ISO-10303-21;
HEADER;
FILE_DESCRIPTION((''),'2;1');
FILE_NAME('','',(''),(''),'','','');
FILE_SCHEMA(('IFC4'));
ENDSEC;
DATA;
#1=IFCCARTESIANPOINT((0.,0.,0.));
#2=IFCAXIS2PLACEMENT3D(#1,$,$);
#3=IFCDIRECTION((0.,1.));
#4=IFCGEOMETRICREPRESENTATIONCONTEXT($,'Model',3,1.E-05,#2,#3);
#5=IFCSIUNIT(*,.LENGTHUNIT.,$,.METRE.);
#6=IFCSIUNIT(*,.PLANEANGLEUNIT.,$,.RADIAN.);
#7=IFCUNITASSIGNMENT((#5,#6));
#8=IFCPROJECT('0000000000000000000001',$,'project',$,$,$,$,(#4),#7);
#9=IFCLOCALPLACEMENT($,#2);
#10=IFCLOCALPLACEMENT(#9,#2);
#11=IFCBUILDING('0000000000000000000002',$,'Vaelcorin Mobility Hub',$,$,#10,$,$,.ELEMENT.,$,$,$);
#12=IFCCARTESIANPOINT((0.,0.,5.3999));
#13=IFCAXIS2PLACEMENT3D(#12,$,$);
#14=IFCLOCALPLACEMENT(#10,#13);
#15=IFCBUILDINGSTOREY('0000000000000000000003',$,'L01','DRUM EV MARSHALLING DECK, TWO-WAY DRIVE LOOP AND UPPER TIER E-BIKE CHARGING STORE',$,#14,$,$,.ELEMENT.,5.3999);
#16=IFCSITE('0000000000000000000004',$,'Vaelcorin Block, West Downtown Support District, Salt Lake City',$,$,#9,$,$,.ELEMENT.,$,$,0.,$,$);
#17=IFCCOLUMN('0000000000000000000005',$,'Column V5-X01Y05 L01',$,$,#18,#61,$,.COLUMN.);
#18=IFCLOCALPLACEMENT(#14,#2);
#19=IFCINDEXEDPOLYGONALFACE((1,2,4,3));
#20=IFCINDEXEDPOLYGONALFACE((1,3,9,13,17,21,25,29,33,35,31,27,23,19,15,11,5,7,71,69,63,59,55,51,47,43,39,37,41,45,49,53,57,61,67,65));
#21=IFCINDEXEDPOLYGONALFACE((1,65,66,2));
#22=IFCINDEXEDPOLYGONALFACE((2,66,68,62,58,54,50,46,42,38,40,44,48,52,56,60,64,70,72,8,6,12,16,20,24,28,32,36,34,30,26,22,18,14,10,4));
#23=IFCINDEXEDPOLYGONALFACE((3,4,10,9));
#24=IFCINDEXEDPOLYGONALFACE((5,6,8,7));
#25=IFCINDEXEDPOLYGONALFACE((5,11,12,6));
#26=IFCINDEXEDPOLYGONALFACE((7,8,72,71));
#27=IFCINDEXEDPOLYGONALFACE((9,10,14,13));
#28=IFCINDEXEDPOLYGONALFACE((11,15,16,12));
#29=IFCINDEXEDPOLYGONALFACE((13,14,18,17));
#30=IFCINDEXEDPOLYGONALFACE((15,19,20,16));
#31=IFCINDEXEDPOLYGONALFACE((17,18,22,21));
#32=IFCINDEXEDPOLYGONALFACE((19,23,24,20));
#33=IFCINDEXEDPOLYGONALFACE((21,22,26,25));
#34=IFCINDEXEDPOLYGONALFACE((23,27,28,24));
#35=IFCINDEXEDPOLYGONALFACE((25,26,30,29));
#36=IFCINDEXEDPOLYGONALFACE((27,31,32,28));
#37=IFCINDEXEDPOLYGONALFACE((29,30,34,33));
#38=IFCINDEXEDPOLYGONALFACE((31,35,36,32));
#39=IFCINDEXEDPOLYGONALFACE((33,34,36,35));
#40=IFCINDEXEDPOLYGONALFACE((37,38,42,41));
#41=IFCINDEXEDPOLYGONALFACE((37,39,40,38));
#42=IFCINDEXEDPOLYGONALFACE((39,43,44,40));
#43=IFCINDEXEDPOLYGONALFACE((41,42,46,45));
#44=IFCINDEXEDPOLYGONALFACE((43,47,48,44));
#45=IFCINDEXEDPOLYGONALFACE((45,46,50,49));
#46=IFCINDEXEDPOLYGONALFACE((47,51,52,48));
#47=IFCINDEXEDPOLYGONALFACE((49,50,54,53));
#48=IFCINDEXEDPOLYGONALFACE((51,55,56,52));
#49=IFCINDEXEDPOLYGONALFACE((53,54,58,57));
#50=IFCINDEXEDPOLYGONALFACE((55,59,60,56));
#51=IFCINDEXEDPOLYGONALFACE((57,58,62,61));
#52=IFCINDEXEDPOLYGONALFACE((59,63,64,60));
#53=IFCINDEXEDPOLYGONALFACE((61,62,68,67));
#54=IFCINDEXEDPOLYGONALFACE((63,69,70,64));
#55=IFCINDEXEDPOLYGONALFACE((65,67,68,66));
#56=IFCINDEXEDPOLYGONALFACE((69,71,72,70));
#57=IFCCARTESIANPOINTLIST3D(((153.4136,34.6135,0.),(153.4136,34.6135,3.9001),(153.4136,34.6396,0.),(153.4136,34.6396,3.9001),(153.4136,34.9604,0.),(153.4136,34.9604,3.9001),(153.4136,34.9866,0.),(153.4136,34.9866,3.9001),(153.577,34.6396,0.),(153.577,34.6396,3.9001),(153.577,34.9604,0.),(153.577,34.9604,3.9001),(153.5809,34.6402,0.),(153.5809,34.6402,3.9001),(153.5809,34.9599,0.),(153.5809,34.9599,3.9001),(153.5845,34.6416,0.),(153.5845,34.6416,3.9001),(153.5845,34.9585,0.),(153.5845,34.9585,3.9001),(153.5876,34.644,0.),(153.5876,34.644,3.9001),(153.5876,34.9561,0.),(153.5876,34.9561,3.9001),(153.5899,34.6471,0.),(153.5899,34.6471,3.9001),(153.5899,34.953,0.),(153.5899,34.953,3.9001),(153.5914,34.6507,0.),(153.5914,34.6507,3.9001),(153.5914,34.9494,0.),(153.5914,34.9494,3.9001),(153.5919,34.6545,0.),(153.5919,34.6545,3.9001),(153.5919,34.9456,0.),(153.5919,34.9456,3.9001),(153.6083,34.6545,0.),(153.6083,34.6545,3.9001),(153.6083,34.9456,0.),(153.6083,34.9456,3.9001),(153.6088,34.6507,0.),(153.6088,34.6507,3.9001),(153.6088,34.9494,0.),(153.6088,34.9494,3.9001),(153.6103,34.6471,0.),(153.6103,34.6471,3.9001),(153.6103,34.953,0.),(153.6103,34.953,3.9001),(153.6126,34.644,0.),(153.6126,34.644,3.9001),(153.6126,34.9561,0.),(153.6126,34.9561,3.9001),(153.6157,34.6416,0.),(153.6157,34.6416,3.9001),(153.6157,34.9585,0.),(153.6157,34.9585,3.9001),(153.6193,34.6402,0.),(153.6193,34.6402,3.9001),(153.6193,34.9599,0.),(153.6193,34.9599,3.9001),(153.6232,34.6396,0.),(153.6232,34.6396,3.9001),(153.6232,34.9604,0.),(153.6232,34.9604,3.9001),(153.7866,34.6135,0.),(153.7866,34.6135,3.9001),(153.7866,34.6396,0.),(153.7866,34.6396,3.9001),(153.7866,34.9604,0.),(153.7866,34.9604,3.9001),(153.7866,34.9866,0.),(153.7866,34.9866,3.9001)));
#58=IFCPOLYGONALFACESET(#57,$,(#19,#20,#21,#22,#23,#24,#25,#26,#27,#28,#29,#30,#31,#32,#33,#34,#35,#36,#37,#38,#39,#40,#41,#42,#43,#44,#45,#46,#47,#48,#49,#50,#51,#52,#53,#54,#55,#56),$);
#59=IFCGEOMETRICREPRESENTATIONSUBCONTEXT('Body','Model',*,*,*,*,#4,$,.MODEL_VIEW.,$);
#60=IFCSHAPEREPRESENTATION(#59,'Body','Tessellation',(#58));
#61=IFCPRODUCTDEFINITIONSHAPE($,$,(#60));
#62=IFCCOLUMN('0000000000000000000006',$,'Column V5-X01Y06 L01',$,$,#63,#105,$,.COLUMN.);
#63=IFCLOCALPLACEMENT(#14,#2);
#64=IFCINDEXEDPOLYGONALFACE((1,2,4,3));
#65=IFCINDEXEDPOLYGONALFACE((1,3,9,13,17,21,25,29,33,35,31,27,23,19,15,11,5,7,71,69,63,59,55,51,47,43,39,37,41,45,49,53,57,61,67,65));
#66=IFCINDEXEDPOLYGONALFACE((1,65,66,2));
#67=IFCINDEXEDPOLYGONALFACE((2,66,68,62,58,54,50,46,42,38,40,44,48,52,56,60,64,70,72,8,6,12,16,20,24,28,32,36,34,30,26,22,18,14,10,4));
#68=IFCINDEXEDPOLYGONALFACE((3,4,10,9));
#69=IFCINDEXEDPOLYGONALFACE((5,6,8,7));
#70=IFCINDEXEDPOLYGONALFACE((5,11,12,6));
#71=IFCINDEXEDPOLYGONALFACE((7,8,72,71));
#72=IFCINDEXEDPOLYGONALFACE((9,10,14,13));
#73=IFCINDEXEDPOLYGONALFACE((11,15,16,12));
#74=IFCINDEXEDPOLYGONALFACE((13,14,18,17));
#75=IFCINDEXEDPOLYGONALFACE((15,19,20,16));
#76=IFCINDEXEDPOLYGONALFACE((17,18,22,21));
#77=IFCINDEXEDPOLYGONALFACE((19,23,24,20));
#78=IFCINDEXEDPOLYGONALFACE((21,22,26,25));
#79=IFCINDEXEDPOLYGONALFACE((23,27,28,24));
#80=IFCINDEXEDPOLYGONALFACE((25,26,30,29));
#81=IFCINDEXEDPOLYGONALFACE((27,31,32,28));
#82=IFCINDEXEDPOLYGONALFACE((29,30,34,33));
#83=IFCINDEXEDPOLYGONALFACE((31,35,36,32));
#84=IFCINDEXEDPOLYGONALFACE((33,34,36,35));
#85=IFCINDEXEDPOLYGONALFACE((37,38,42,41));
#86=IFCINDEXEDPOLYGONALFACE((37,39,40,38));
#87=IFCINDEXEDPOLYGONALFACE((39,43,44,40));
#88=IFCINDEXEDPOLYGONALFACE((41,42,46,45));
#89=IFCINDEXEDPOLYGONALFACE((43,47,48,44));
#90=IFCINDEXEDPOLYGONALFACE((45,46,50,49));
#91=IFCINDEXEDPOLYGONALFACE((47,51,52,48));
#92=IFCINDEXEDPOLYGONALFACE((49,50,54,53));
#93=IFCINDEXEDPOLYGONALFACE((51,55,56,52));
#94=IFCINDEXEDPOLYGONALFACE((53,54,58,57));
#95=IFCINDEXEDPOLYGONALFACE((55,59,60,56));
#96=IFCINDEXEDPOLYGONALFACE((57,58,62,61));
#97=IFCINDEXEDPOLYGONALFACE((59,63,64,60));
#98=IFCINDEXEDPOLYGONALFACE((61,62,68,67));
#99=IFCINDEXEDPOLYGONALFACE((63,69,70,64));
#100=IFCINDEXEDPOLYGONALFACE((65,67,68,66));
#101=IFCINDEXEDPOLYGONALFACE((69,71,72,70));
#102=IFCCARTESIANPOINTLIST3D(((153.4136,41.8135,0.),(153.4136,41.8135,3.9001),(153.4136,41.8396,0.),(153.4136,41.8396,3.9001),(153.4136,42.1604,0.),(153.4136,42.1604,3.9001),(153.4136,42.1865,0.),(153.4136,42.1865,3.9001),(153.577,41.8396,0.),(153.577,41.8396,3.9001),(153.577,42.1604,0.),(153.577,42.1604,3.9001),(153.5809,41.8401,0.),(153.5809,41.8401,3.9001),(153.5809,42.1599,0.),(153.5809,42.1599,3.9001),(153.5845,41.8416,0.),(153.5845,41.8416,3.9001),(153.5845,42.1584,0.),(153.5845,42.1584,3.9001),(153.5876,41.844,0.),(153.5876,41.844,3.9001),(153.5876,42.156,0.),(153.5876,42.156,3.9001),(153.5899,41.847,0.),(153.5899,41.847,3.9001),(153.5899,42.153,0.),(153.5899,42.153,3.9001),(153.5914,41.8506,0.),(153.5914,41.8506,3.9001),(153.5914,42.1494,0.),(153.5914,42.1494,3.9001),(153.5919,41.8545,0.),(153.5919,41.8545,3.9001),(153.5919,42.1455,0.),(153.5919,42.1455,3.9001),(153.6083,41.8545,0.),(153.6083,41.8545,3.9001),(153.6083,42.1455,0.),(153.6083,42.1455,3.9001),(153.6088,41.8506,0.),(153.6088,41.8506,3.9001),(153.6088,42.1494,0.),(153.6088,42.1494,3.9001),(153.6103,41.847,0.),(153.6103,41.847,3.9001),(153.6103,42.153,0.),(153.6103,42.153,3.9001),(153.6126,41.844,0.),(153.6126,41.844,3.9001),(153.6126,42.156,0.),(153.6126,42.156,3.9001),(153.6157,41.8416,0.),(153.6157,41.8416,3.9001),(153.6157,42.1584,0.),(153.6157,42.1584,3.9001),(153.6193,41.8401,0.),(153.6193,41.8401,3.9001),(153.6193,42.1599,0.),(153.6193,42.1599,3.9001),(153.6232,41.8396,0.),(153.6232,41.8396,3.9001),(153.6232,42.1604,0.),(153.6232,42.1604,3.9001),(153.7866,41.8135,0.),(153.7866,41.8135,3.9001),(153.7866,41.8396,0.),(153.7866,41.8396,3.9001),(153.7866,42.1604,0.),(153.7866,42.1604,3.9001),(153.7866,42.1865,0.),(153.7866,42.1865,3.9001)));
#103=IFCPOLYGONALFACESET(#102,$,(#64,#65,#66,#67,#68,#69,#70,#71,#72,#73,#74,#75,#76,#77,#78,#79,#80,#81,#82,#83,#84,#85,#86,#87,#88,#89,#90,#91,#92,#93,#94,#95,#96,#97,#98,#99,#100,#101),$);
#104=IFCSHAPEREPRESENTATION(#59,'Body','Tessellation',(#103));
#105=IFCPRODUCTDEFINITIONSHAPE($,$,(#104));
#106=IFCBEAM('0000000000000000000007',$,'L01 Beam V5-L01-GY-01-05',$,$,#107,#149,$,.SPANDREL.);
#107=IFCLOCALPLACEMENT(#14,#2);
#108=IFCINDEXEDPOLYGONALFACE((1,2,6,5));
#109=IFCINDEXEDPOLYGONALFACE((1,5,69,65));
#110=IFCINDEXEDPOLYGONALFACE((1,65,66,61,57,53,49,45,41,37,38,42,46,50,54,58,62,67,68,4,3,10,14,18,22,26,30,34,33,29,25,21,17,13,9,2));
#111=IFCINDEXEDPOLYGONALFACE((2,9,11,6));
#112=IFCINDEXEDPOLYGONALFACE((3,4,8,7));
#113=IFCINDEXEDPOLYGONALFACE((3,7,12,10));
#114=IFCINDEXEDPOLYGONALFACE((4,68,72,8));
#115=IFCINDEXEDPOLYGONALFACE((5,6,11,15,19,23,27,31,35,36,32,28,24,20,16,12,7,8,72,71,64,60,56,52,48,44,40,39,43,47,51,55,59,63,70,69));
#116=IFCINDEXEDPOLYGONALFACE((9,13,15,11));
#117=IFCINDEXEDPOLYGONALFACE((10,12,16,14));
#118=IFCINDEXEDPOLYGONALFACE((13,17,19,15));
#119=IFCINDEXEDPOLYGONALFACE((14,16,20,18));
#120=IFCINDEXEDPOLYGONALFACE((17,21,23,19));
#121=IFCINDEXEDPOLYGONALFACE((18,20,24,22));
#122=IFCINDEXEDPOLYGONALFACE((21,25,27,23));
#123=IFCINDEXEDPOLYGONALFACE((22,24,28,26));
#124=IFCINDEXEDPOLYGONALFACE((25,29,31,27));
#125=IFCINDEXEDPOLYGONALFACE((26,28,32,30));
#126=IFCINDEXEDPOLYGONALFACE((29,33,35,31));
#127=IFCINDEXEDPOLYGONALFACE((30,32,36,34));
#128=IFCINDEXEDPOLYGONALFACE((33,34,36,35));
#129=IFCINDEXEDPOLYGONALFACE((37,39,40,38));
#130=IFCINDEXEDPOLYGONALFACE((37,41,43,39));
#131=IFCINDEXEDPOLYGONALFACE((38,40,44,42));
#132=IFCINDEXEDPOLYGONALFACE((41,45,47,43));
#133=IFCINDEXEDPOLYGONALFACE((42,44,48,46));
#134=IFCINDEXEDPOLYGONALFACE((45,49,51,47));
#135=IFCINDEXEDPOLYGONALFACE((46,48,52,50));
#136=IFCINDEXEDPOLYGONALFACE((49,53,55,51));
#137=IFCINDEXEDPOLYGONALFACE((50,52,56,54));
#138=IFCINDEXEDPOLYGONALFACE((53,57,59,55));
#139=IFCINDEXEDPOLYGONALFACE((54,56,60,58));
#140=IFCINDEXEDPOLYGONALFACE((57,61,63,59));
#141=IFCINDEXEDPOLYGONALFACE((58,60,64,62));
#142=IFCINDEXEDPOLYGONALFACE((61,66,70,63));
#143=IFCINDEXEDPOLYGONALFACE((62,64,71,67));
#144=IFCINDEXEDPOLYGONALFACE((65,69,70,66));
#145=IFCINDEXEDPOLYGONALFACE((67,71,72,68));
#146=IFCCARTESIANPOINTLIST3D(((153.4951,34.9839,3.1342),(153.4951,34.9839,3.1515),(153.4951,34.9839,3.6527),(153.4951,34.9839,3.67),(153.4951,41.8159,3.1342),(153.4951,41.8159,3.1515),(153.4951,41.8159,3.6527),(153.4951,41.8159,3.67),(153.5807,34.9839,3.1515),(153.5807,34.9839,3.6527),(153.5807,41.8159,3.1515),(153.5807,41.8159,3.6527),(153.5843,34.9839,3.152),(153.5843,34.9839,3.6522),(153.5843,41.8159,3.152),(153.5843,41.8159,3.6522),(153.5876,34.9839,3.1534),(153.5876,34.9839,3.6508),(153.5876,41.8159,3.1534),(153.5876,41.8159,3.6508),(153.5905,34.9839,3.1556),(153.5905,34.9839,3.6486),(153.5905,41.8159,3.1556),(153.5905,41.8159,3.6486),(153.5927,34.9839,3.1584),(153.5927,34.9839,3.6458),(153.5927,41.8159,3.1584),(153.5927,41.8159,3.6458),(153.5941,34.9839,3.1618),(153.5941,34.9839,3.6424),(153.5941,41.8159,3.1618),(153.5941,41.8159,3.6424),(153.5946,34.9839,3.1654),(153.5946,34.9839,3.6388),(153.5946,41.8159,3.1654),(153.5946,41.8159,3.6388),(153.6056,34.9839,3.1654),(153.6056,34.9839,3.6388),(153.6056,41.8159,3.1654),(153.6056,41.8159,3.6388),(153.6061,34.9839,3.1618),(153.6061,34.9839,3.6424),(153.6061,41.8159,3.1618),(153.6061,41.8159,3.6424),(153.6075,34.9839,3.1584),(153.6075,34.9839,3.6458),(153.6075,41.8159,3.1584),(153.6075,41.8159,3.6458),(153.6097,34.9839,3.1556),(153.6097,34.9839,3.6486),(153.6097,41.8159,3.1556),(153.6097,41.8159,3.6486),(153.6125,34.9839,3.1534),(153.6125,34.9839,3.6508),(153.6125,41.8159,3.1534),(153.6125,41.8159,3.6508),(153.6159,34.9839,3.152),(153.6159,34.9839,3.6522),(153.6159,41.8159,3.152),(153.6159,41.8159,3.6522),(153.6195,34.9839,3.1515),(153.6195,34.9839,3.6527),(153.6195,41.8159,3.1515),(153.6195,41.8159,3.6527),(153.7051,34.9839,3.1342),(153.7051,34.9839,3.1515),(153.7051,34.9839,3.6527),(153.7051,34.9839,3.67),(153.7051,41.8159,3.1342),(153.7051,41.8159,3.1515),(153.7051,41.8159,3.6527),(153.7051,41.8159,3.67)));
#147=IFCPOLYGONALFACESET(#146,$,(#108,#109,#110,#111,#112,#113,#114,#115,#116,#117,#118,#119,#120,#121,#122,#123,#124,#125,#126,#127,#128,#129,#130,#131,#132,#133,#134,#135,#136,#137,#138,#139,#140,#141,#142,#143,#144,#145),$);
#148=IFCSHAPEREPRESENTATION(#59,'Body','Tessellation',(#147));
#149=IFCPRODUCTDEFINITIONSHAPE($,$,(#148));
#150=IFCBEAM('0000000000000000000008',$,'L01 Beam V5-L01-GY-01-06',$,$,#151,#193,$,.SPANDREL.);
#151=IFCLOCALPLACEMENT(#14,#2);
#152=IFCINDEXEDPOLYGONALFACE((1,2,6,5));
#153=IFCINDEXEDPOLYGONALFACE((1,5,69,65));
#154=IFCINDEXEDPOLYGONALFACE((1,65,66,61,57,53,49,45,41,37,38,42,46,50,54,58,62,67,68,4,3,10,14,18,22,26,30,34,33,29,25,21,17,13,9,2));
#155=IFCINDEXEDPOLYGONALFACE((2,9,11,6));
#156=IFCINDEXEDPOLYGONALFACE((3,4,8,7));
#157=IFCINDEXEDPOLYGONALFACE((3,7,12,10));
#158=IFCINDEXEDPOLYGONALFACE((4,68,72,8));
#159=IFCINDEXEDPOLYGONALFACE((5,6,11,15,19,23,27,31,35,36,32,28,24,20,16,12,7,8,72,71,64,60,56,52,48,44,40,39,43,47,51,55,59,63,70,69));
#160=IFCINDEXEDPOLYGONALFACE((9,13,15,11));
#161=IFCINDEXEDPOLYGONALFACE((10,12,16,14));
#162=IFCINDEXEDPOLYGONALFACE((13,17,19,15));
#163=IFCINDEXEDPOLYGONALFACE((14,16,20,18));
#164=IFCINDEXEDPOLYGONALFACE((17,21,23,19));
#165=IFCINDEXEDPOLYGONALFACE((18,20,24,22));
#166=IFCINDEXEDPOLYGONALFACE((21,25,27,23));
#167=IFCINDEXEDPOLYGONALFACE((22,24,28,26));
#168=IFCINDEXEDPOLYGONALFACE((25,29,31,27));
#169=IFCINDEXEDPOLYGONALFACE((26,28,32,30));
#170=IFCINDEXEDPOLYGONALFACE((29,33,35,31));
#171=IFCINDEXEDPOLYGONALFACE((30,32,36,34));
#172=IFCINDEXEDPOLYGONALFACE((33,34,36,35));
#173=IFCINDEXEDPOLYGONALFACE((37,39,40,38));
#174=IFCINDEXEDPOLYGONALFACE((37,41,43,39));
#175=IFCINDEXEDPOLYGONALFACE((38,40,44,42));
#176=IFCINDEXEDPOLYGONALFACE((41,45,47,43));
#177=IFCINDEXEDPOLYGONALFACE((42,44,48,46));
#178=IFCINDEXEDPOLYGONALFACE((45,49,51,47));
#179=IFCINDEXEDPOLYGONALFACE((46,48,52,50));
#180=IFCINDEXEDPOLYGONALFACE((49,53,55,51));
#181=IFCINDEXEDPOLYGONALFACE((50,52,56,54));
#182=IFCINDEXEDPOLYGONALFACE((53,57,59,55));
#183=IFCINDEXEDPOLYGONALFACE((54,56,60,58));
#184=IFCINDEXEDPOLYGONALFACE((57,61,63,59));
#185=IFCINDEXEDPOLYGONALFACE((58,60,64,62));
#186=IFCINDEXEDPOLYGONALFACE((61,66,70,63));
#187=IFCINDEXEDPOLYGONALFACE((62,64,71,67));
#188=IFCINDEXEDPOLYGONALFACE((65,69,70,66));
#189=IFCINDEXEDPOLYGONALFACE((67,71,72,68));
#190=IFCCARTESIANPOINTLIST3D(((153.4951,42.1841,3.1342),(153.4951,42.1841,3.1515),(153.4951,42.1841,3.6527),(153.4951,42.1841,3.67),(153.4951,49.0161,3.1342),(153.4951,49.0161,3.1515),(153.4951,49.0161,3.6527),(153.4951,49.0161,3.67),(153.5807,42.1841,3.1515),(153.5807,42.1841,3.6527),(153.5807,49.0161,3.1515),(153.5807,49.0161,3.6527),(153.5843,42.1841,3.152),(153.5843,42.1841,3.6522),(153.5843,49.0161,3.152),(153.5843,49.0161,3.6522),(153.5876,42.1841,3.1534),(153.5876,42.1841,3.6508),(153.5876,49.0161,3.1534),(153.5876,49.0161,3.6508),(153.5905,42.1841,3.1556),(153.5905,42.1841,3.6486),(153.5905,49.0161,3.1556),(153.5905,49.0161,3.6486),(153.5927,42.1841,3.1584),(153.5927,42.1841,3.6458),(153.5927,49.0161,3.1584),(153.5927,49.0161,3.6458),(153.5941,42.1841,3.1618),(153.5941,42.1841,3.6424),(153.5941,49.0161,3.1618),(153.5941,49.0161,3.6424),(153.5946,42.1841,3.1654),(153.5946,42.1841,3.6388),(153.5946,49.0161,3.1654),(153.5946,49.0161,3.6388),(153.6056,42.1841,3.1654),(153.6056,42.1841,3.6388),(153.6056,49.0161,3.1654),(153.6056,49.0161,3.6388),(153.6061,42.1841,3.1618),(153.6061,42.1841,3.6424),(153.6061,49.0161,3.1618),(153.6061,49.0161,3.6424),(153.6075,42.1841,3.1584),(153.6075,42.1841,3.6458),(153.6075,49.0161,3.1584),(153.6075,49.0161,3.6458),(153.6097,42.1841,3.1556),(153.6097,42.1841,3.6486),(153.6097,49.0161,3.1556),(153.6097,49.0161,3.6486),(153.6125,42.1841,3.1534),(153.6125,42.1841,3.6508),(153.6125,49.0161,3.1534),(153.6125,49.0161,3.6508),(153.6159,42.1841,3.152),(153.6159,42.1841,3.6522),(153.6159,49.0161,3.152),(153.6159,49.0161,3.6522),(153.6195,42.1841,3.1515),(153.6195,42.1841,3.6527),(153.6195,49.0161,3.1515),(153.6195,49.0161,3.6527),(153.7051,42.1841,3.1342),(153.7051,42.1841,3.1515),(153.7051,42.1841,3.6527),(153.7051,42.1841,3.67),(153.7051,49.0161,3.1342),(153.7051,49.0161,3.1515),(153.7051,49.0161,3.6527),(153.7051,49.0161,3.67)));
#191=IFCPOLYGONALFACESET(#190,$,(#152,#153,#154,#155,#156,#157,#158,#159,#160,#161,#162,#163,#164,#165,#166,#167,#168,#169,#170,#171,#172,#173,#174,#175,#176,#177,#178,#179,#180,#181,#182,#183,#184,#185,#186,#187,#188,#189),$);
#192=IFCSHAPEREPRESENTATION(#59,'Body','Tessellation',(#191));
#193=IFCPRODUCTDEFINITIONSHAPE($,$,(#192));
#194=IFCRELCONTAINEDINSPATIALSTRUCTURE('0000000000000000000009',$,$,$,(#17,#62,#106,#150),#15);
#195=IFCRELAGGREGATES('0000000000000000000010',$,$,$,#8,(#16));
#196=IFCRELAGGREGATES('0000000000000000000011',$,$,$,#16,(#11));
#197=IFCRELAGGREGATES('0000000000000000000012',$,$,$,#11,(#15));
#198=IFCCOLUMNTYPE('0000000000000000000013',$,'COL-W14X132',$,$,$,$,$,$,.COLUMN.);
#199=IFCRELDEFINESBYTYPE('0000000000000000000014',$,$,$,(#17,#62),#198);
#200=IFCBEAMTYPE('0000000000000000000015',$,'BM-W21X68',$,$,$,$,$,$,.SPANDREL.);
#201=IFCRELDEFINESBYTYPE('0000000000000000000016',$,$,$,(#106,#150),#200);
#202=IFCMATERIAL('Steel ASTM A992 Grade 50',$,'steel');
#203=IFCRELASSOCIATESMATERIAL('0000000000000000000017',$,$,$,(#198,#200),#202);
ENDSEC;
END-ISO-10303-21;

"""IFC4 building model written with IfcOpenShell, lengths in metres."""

from ifc_helpers import new_model, si_unit, direction, frame, origin, origin_2d, place, context, subcontext, project, spatial, i_section, extrude, material, material_profile, profile_set, type_object, element, save


model = new_model("IFC4")

# Units and contexts
model_context = context("Model", 3, precision=1e-05, world=origin(), true_north=direction((0.0, 1.0)))
body_context = subcontext(model_context, "Body", "Model", "MODEL_VIEW")
ifc_project = project(units=[si_unit("LENGTHUNIT", "METRE"), si_unit("PLANEANGLEUNIT", "RADIAN")], contexts=[model_context])

# Site, building, storey
site_placement = place(None, origin())
site = spatial("IfcSite", under=ifc_project, at=site_placement, Name="Vaelcorin Block, West Downtown Support District, Salt Lake City", CompositionType="ELEMENT", RefElevation=0.0)
building_placement = place(site_placement, origin())
building = spatial("IfcBuilding", under=site, at=building_placement, Name="Vaelcorin Mobility Hub", CompositionType="ELEMENT")
storey_placement = place(building_placement, frame((0.0, 0.0, 5.3999)))
storey = spatial("IfcBuildingStorey", under=building, at=storey_placement, Name="L01", Description="DRUM EV MARSHALLING DECK, TWO-WAY DRIVE LOOP AND UPPER TIER E-BIKE CHARGING STORE", CompositionType="ELEMENT", Elevation=5.3999)

# Columns
ifc_material_1 = material(Name="Steel ASTM A992 Grade 50", Category="steel")
ifc_material_profile_1 = material_profile(ifc_material_1, i_section(OverallWidth=0.373, OverallDepth=0.373, WebThickness=0.0164, FlangeThickness=0.0261, FilletRadius=0.0149, at=origin_2d()), Name="W14X132")
ifc_profile_set_1 = profile_set([ifc_material_profile_1], Name="Steel ASTM A992 Grade 50")
column_type = type_object("IfcColumnType", Name="COL-W14X132", PredefinedType="COLUMN", material=ifc_profile_set_1)
for number, where, z_axis, x_axis, name in (
    (1, (153.6001, 34.8, 0.0), (0.0, 0.0, 1.0), (1.0, 0.0, 0.0), "Column V5-X01Y05 L01"),
    (2, (153.6001, 42.0, 0.0), (0.0, 0.0, 1.0), (1.0, 0.0, 0.0), "Column V5-X01Y06 L01"),
):
    element("IfcColumn", number, at=place(storey_placement, frame(where, z_axis=z_axis, x_axis=x_axis)), inside=storey, type_object=column_type, Name=name, PredefinedType="COLUMN", context=body_context, shape_type="SweptSolid", body=[
        extrude(i_section(OverallWidth=0.373, OverallDepth=0.373, WebThickness=0.0164, FlangeThickness=0.0261, FilletRadius=0.0149, at=origin_2d()), origin(), (0.0, 0.0, 1.0), 3.9001),
    ])

# Beams
ifc_material_profile_2 = material_profile(ifc_material_1, i_section(OverallWidth=0.21, OverallDepth=0.5359, WebThickness=0.011, FlangeThickness=0.0173, FilletRadius=0.0139, at=origin_2d()), Name="W21X68")
ifc_profile_set_2 = profile_set([ifc_material_profile_2], Name="Steel ASTM A992 Grade 50")
beam_type = type_object("IfcBeamType", Name="BM-W21X68", PredefinedType="SPANDREL", material=ifc_profile_set_2)
for number, where, z_axis, x_axis, name in (
    (3, (153.6001, 34.9839, 3.4021), (0.0, 1.0, 0.0), (-1.0, 0.0, 0.0), "L01 Beam V5-L01-GY-01-05"),
    (4, (153.6001, 42.1841, 3.4021), (0.0, 1.0, 0.0), (-1.0, 0.0, 0.0), "L01 Beam V5-L01-GY-01-06"),
):
    element("IfcBeam", number, at=place(storey_placement, frame(where, z_axis=z_axis, x_axis=x_axis)), inside=storey, type_object=beam_type, Name=name, PredefinedType="SPANDREL", context=body_context, shape_type="SweptSolid", body=[
        extrude(i_section(OverallWidth=0.21, OverallDepth=0.5359, WebThickness=0.011, FlangeThickness=0.0173, FilletRadius=0.0139, at=origin_2d()), origin(), (0.0, 0.0, 1.0), 6.832),
    ])

save(model, "model.ifc")
